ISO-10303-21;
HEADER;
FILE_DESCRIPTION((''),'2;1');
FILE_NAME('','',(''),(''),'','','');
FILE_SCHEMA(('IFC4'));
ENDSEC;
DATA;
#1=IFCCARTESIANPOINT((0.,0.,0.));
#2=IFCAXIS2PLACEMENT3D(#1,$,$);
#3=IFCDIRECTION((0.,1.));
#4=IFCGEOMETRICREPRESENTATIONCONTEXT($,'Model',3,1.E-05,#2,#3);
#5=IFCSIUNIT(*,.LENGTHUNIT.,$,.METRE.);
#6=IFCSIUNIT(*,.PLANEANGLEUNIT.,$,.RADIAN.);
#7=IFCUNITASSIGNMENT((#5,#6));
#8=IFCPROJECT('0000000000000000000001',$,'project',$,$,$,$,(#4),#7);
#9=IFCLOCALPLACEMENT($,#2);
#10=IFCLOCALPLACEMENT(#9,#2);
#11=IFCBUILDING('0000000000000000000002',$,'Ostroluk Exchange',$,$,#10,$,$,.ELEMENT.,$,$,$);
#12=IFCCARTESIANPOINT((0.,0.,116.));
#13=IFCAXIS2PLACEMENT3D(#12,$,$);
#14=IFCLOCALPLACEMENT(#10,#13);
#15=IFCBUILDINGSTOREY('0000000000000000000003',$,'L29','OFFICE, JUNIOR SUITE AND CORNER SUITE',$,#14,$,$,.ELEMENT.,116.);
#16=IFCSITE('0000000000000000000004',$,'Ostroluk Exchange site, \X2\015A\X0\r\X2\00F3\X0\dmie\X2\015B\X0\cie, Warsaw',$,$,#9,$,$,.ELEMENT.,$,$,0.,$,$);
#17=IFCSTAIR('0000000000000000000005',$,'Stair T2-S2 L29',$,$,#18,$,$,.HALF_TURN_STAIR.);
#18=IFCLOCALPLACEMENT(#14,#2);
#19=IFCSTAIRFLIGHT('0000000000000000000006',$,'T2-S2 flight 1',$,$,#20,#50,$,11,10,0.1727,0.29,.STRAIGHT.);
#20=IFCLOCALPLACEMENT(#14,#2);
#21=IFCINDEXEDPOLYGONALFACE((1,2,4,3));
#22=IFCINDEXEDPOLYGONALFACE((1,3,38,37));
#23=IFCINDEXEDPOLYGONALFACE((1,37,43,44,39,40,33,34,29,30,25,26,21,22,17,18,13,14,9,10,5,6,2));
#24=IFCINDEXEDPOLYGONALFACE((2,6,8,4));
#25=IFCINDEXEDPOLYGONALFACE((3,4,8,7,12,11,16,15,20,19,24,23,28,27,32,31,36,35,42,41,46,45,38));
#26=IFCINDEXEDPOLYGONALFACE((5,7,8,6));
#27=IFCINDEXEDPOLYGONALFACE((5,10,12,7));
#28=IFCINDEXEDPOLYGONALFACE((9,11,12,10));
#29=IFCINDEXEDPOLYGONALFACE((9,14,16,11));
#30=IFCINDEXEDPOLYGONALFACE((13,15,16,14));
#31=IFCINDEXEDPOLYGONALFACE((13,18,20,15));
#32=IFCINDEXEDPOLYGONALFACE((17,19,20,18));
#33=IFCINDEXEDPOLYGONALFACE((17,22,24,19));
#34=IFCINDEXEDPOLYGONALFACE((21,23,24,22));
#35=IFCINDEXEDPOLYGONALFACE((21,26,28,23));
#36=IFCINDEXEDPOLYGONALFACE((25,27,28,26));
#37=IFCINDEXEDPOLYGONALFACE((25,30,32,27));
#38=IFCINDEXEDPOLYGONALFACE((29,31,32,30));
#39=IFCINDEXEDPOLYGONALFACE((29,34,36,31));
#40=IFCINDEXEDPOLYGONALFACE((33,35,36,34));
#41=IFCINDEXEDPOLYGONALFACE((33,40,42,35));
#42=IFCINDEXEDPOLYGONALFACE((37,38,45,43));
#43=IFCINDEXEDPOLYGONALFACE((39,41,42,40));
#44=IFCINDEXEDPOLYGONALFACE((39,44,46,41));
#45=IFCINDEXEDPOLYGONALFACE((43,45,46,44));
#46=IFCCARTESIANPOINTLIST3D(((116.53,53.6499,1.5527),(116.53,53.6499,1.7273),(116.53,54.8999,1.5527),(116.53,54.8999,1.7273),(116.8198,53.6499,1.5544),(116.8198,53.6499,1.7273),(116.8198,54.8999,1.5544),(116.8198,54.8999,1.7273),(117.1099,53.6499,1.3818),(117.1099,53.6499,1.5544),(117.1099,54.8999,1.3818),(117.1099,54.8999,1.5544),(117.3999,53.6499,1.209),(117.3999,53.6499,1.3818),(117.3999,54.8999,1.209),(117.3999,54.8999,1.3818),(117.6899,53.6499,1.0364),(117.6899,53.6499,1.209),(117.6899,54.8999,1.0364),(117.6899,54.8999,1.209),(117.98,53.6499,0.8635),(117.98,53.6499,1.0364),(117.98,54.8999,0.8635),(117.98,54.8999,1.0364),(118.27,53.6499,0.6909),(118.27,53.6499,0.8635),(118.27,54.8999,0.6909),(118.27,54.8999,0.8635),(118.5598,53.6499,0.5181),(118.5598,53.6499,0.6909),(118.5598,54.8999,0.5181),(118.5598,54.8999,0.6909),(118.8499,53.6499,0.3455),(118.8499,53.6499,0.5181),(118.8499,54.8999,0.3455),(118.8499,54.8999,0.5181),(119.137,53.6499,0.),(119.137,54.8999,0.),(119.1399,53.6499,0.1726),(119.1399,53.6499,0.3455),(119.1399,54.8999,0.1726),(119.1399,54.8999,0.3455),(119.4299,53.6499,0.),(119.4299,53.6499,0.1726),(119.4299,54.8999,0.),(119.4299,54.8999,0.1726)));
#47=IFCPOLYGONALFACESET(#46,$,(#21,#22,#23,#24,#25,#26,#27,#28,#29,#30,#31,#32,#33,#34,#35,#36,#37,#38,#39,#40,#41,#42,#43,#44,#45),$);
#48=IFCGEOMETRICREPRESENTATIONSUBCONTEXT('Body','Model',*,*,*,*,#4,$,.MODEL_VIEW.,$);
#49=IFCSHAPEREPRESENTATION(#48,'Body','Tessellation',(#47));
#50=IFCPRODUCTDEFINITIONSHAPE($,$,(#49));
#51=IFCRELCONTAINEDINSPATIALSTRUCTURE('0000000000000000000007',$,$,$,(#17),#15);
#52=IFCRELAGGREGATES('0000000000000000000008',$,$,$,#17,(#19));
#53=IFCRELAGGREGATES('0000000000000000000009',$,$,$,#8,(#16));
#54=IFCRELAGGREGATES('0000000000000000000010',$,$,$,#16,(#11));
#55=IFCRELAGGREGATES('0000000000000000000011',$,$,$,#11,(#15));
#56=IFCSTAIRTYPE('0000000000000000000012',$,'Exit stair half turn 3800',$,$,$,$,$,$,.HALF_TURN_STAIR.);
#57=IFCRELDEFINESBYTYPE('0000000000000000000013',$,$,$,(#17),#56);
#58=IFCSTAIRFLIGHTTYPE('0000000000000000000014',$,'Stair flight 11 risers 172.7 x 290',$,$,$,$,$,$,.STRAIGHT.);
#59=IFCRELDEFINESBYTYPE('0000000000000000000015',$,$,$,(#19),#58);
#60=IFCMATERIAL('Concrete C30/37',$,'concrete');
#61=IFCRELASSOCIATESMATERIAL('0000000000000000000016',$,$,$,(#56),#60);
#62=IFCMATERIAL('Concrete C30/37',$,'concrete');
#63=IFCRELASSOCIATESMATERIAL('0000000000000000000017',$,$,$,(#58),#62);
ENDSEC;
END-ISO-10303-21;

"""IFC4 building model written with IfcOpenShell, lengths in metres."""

from ifc_helpers import new_model, si_unit, direction, frame, origin, place, context, subcontext, project, spatial, polyline, outline, extrude, material, type_object, element, aggregate, save


model = new_model("IFC4")

# Units and contexts
model_context = context("Model", 3, precision=1e-05, world=origin(), true_north=direction((0.0, 1.0)))
body_context = subcontext(model_context, "Body", "Model", "MODEL_VIEW")
ifc_project = project(units=[si_unit("LENGTHUNIT", "METRE"), si_unit("PLANEANGLEUNIT", "RADIAN")], contexts=[model_context])

# Site, building, storey
site_placement = place(None, origin())
site = spatial("IfcSite", under=ifc_project, at=site_placement, Name="Ostroluk Exchange site, Śródmieście, Warsaw", CompositionType="ELEMENT", RefElevation=0.0)
building_placement = place(site_placement, origin())
building = spatial("IfcBuilding", under=site, at=building_placement, Name="Ostroluk Exchange", CompositionType="ELEMENT")
storey_placement = place(building_placement, frame((0.0, 0.0, 116.0)))
storey = spatial("IfcBuildingStorey", under=building, at=storey_placement, Name="L29", Description="OFFICE, JUNIOR SUITE AND CORNER SUITE", CompositionType="ELEMENT", Elevation=116.0)

# Stair, stair flight
ifc_material_1 = material(Name="Concrete C30/37", Category="concrete")
stair_type = type_object("IfcStairType", Name="Exit stair half turn 3800", PredefinedType="HALF_TURN_STAIR", material=ifc_material_1)
stair_placement = place(storey_placement, origin())
stair = element("IfcStair", 1, at=stair_placement, inside=storey, type_object=stair_type, Name="Stair T2-S2 L29", PredefinedType="HALF_TURN_STAIR")
ifc_material_2 = material(Name="Concrete C30/37", Category="concrete")
stair_flight_type = type_object("IfcStairFlightType", Name="Stair flight 11 risers 172.7 x 290", PredefinedType="STRAIGHT", material=ifc_material_2)
stair_flight_placement = place(storey_placement, frame((119.4299, 54.2749, 0.0), z_axis=(0.0, 0.0, 1.0), x_axis=(-1.0, 0.0, 0.0)))
stair_flight = element("IfcStairFlight", 2, at=stair_flight_placement, type_object=stair_flight_type, Name="T2-S2 flight 1", NumberOfRisers=11, NumberOfTreads=10, PredefinedType="STRAIGHT", RiserHeight=0.1727, TreadLength=0.29, context=body_context, shape_type="SweptSolid", body=[
    extrude(outline(polyline([(0.0, 0.0), (0.0, 0.1726), (0.29, 0.1726), (0.29, 0.3455), (0.5801, 0.3455), (0.5801, 0.5181), (0.8701, 0.5181), (0.8701, 0.6909), (1.1599, 0.6909), (1.1599, 0.8635), (1.45, 0.8635), (1.45, 1.0364), (1.74, 1.0364), (1.74, 1.209), (2.03, 1.209), (2.03, 1.3818), (2.3201, 1.3818), (2.3201, 1.5544), (2.6101, 1.5544), (2.6101, 1.7273), (2.8999, 1.7273), (2.8999, 1.8999), (2.8999, 1.5527), (0.293, 0.0), (0.0, 0.0)])), frame((0.0, 0.625, 0.0), z_axis=(0.0, -1.0, 0.0), x_axis=(1.0, 0.0, 0.0)), (0.0, 0.0, 1.0), 1.25),
])
aggregate(stair, [stair_flight])

save(model, "model.ifc")
